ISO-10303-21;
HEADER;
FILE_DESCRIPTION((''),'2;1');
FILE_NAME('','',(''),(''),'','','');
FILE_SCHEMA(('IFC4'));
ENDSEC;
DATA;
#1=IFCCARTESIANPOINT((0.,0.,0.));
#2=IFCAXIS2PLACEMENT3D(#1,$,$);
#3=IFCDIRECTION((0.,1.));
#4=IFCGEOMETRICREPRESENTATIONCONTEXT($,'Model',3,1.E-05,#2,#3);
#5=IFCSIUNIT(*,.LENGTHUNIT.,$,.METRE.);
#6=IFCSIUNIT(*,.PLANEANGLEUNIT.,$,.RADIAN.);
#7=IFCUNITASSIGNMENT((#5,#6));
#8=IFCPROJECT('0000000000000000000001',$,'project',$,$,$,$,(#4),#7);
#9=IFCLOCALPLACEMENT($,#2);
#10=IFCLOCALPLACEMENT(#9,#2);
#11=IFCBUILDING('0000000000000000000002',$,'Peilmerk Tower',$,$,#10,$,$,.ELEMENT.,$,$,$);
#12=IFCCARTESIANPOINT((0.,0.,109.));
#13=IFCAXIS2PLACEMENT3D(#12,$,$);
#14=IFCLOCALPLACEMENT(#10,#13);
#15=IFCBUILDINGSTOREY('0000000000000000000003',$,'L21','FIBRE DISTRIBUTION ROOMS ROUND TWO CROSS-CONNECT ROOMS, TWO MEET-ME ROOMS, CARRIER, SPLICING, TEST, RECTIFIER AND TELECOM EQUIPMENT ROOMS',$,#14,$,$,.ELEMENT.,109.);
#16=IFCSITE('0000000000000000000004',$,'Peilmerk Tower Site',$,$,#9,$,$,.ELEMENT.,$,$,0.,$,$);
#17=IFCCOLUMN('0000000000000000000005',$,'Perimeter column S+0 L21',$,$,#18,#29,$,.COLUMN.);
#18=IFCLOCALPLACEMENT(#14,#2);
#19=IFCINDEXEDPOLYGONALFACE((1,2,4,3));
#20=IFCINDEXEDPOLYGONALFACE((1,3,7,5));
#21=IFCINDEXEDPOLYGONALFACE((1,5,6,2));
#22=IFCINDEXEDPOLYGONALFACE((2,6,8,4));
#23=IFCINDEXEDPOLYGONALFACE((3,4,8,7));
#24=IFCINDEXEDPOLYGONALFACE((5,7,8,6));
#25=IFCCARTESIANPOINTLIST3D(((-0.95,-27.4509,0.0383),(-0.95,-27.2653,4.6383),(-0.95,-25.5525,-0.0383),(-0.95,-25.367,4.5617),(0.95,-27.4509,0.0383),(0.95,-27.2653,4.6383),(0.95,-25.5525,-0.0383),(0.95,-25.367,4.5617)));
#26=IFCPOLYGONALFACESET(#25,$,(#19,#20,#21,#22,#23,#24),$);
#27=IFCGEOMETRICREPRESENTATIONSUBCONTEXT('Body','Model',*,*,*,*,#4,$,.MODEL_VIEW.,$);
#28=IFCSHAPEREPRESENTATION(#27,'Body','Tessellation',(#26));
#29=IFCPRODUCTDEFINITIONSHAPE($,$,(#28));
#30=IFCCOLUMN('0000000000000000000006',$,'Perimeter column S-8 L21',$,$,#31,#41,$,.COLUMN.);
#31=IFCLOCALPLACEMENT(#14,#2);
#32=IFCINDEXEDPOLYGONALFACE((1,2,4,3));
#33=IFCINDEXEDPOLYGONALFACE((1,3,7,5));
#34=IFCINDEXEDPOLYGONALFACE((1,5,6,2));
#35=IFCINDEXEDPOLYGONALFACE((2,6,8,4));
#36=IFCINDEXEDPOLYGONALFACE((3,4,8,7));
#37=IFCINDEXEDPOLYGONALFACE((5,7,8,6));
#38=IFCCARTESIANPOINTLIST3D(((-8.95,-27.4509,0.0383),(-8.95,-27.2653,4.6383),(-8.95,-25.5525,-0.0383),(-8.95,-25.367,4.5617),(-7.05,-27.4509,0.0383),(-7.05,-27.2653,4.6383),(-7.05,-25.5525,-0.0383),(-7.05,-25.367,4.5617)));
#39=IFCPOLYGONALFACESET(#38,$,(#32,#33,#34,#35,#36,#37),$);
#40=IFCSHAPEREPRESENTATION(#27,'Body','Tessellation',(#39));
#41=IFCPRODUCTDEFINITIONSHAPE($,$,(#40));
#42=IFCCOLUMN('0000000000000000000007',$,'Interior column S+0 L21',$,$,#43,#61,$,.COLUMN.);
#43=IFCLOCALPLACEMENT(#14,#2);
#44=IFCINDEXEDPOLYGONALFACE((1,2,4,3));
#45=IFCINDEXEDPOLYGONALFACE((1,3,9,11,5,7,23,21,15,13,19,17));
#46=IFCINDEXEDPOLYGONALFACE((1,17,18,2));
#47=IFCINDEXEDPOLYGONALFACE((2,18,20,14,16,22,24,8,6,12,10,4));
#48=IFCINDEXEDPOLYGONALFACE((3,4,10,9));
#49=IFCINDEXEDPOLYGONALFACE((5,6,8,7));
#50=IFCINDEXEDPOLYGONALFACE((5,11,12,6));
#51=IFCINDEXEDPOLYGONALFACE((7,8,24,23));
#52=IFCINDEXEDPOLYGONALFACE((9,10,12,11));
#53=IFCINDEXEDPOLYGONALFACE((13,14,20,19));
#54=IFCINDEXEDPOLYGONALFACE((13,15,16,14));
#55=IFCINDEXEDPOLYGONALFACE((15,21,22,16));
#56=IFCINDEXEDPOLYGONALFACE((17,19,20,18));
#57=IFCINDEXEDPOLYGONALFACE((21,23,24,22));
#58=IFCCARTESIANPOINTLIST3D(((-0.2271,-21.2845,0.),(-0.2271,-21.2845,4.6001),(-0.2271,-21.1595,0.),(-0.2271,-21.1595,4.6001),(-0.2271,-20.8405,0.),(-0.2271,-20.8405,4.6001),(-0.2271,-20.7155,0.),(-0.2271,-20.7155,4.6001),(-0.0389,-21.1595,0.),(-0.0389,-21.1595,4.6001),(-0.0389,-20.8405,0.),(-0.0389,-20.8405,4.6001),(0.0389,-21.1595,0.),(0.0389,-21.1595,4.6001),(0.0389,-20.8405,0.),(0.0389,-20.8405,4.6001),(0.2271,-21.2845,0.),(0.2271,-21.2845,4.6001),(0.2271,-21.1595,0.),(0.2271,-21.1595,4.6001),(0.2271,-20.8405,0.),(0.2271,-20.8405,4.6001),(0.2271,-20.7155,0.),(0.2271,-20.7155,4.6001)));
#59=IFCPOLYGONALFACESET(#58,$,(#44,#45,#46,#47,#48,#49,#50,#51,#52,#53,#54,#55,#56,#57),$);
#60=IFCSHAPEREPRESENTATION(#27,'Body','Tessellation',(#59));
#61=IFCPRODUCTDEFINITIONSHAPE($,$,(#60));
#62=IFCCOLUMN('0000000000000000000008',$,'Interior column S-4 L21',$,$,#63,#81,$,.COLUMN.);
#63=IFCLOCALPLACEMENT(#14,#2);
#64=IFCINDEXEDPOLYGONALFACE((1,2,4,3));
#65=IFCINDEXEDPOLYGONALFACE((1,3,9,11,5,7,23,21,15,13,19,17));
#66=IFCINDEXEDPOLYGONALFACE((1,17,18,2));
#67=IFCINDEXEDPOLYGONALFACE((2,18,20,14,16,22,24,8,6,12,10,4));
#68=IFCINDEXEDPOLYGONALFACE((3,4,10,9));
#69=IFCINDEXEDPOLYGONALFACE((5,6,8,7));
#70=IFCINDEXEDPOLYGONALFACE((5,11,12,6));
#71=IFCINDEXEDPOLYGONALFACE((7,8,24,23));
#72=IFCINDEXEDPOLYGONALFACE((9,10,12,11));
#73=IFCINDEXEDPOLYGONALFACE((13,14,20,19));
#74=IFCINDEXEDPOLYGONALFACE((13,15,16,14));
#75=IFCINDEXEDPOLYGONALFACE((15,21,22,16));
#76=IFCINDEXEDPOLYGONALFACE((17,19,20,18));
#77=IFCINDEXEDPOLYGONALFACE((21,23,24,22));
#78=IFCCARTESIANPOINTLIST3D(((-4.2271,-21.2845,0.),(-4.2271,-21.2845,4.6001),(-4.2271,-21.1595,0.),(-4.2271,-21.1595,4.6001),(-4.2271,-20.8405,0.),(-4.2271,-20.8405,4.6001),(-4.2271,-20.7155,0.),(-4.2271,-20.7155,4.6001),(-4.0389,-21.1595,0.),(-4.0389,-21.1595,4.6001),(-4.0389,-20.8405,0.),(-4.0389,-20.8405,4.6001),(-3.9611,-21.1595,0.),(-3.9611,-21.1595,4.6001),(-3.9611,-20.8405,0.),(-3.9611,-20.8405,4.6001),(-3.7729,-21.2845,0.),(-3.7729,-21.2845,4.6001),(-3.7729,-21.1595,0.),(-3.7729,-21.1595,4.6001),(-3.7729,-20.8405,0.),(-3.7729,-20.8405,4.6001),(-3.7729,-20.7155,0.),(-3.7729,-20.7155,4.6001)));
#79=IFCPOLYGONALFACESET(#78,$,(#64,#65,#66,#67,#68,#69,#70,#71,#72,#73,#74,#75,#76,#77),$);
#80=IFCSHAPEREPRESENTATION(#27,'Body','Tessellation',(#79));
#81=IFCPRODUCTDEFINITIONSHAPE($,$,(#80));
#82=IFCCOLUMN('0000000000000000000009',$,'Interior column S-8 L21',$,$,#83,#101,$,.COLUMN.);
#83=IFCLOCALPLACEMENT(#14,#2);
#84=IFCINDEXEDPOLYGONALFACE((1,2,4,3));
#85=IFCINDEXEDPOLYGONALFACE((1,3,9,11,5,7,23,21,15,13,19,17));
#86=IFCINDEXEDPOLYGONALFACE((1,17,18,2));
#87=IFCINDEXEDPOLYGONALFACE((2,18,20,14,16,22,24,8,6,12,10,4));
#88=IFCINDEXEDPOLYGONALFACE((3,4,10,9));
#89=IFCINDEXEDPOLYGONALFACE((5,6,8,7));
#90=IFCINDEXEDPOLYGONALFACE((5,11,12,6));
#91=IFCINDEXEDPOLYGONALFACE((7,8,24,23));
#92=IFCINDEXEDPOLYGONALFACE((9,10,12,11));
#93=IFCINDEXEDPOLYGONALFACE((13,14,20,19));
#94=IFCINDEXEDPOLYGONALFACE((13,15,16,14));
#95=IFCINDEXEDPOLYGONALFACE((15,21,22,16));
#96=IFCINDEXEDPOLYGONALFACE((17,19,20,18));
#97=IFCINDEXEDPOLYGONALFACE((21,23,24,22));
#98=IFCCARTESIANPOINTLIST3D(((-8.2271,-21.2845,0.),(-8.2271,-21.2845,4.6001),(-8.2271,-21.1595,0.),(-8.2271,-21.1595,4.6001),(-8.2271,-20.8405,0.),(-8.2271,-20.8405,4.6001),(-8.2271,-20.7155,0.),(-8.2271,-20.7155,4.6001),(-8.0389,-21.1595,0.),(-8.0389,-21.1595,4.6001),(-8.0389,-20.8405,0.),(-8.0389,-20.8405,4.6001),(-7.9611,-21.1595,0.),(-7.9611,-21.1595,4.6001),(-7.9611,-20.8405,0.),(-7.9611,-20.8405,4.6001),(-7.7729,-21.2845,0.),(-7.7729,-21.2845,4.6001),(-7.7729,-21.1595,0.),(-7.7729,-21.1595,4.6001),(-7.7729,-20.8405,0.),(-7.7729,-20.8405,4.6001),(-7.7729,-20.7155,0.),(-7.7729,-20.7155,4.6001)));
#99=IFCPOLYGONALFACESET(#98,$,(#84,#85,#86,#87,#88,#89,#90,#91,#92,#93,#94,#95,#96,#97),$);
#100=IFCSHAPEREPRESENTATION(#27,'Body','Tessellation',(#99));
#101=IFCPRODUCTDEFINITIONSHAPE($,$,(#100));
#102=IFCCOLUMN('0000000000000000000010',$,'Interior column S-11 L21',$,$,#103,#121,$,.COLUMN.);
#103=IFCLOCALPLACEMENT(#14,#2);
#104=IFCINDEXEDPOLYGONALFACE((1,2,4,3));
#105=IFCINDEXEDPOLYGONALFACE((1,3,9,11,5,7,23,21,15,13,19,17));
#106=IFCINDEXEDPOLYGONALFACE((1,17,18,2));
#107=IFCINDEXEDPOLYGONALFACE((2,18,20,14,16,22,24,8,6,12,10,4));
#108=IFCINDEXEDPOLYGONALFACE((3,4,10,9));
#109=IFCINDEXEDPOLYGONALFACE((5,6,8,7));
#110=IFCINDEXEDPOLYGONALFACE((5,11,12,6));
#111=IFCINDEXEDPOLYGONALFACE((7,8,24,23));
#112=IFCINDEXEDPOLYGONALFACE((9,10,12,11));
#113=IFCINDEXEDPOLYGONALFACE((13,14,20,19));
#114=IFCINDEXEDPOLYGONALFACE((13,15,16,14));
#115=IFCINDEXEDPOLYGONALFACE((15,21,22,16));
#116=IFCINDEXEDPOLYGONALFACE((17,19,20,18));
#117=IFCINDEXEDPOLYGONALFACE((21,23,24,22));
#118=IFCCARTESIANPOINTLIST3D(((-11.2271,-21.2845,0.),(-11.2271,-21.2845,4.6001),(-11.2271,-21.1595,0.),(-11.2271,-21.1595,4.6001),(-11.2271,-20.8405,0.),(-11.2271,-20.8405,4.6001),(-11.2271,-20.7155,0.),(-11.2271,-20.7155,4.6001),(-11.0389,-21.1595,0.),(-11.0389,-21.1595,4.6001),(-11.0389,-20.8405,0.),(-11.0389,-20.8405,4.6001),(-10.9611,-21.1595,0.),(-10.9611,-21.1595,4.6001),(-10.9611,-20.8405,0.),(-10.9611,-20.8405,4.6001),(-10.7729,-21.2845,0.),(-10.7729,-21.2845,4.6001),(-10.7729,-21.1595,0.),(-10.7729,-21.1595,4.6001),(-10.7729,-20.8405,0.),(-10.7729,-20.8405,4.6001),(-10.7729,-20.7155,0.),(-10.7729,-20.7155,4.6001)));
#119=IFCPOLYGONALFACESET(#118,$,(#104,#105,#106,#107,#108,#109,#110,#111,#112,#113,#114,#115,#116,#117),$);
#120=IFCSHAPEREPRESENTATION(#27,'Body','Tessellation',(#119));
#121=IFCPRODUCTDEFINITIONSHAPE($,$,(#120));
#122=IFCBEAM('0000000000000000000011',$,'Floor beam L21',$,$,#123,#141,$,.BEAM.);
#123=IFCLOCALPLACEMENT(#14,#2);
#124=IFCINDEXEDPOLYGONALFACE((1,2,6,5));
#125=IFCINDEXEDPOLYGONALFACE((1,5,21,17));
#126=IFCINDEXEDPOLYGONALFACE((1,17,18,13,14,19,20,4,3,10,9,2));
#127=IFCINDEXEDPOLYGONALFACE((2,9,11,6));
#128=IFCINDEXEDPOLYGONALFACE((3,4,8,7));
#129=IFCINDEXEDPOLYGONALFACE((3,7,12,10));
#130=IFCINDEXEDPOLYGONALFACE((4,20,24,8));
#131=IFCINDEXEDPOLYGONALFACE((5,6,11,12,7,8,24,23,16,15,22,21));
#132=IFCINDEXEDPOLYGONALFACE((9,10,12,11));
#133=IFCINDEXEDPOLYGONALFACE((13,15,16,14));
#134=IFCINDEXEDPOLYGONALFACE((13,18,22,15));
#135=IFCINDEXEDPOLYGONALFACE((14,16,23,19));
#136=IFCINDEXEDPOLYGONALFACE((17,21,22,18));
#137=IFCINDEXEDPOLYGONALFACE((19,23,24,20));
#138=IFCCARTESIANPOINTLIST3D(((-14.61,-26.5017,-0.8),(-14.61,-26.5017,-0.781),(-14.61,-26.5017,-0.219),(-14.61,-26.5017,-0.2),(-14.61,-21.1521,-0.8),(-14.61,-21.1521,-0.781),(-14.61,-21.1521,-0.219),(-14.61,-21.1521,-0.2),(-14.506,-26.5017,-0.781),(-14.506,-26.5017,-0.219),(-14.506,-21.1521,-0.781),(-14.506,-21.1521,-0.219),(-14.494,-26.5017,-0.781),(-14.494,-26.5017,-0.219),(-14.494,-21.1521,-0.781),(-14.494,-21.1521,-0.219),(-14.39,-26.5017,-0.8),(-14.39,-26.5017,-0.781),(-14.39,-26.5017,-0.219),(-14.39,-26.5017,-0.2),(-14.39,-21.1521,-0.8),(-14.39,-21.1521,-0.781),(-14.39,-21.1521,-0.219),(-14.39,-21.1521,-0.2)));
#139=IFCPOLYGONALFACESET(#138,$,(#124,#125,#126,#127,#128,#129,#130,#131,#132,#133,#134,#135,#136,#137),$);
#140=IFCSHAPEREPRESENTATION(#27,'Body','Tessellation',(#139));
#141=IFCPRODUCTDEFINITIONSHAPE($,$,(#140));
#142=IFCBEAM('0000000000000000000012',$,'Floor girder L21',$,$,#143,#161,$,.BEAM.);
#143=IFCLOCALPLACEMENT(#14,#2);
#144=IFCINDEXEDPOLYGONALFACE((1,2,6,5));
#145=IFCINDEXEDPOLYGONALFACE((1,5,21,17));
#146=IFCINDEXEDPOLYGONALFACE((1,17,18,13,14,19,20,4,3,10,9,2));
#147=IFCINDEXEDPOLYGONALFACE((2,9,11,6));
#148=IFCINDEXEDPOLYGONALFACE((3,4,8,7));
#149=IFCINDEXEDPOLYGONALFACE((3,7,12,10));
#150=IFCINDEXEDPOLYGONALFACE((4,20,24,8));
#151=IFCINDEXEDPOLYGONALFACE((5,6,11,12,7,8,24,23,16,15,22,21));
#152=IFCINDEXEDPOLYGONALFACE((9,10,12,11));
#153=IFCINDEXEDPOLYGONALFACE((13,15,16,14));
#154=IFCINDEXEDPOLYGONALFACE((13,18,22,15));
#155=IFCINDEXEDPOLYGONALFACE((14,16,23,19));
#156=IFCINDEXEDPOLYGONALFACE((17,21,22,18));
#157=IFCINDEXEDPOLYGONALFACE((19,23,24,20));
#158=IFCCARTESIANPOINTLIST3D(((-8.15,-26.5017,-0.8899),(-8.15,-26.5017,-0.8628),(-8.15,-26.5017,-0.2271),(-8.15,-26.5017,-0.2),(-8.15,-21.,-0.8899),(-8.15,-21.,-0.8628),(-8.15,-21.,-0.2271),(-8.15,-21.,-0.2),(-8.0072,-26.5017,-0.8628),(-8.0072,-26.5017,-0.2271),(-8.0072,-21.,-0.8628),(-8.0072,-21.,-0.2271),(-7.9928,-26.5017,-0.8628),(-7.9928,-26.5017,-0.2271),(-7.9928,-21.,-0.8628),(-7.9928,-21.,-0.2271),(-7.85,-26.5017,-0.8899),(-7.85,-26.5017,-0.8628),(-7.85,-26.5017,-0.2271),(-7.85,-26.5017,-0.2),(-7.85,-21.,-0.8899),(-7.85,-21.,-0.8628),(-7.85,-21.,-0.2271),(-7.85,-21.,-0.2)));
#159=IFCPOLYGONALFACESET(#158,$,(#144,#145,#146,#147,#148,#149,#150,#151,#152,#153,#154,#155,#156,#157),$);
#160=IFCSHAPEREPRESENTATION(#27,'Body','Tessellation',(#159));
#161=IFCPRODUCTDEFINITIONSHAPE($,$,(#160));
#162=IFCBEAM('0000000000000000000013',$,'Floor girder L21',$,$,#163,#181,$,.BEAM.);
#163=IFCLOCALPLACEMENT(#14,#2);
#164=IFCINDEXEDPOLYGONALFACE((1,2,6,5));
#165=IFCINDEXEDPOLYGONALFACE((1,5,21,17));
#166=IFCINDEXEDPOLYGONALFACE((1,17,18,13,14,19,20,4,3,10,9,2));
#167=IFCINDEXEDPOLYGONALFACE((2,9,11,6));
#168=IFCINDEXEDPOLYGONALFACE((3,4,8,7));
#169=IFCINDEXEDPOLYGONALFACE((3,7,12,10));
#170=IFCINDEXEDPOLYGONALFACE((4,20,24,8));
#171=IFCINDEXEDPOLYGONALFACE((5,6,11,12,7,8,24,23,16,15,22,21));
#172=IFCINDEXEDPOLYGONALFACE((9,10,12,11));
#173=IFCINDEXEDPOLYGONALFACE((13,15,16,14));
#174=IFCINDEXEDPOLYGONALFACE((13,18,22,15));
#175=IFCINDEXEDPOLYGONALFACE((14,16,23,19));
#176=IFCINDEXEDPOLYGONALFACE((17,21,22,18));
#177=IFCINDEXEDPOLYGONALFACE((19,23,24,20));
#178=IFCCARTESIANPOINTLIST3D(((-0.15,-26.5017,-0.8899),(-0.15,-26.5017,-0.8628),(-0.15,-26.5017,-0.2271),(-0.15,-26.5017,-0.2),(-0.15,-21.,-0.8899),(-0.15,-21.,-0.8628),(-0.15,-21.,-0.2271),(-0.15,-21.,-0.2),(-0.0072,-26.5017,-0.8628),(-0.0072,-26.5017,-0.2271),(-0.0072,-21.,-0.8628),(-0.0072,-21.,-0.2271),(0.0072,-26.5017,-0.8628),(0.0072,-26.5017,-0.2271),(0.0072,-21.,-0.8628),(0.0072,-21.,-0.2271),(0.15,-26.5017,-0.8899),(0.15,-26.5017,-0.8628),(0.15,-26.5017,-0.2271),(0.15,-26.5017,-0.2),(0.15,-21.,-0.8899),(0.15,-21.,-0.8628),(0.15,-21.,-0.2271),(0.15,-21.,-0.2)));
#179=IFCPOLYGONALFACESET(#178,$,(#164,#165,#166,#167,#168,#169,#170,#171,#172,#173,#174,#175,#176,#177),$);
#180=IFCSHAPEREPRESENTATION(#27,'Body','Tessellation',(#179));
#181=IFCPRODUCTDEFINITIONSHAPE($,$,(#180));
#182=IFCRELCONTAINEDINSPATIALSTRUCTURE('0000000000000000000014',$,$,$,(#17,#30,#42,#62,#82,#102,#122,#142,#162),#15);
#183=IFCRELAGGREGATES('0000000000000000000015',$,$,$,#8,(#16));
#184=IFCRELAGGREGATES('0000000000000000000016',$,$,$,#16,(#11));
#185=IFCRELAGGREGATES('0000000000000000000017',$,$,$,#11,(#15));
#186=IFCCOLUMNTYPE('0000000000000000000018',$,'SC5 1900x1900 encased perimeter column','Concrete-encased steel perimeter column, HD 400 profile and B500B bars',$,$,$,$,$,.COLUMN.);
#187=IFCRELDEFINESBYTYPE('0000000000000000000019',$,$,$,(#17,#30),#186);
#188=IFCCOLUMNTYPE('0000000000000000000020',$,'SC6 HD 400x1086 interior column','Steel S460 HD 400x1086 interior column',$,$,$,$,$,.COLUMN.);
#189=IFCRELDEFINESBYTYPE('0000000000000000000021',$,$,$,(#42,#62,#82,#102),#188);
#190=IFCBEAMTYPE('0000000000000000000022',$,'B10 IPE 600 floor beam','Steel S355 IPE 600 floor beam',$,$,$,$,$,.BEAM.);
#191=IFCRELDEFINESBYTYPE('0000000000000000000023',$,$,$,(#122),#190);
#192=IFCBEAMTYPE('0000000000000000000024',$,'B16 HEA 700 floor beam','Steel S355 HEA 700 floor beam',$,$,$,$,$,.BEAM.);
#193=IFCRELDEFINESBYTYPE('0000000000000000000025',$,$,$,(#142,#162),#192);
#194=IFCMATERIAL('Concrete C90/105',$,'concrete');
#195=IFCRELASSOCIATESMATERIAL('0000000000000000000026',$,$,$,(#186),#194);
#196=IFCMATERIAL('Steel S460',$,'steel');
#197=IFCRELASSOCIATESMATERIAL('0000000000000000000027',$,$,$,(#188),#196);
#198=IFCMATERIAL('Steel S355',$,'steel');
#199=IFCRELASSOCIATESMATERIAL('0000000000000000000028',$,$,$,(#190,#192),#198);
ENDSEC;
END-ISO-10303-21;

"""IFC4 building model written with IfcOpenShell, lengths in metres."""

from ifc_helpers import new_model, si_unit, direction, frame, origin, origin_2d, place, context, subcontext, project, spatial, rectangle, i_section, extrude, material, material_profile, profile_set, type_object, element, save


model = new_model("IFC4")

# Units and contexts
model_context = context("Model", 3, precision=1e-05, world=origin(), true_north=direction((0.0, 1.0)))
body_context = subcontext(model_context, "Body", "Model", "MODEL_VIEW")
ifc_project = project(units=[si_unit("LENGTHUNIT", "METRE"), si_unit("PLANEANGLEUNIT", "RADIAN")], contexts=[model_context])

# Site, building, storey
site_placement = place(None, origin())
site = spatial("IfcSite", under=ifc_project, at=site_placement, Name="Peilmerk Tower Site", CompositionType="ELEMENT", RefElevation=0.0)
building_placement = place(site_placement, origin())
building = spatial("IfcBuilding", under=site, at=building_placement, Name="Peilmerk Tower", CompositionType="ELEMENT")
storey_placement = place(building_placement, frame((0.0, 0.0, 109.0)))
storey = spatial("IfcBuildingStorey", under=building, at=storey_placement, Name="L21", Description="FIBRE DISTRIBUTION ROOMS ROUND TWO CROSS-CONNECT ROOMS, TWO MEET-ME ROOMS, CARRIER, SPLICING, TEST, RECTIFIER AND TELECOM EQUIPMENT ROOMS", CompositionType="ELEMENT", Elevation=109.0)

# Columns
ifc_material_1 = material(Name="Concrete C90/105", Category="concrete")
ifc_material_profile_1 = material_profile(ifc_material_1, rectangle(XDim=1.8999, YDim=1.8999, at=origin_2d()), Name="RC 1900x1900")
ifc_profile_set_1 = profile_set([ifc_material_profile_1], Name="Concrete C90/105")
column_type_1 = type_object("IfcColumnType", Name="SC5 1900x1900 encased perimeter column", Description="Concrete-encased steel perimeter column, HD 400 profile and B500B bars", PredefinedType="COLUMN", material=ifc_profile_set_1)
for number, where, z_axis, x_axis, name in (
    (1, (0.0, -26.5017, 0.0), (0.0, 0.040303, 0.999188), (-1.0, 0.0, 0.0), "Perimeter column S+0 L21"),
    (2, (-8.0, -26.5017, 0.0), (0.0, 0.040303, 0.999188), (-1.0, 0.0, 0.0), "Perimeter column S-8 L21"),
):
    element("IfcColumn", number, at=place(storey_placement, frame(where, z_axis=z_axis, x_axis=x_axis)), inside=storey, type_object=column_type_1, Name=name, PredefinedType="COLUMN", context=body_context, shape_type="SweptSolid", body=[
        extrude(rectangle(XDim=1.8999, YDim=1.8999, at=origin_2d()), origin(), (0.0, 0.0, 1.0), 4.6038),
    ])
ifc_material_2 = material(Name="Steel S460", Category="steel")
ifc_material_profile_2 = material_profile(ifc_material_2, i_section(OverallWidth=0.4541, OverallDepth=0.5691, WebThickness=0.0779, FlangeThickness=0.125, at=origin_2d()), Name="HD 400x1086")
ifc_profile_set_2 = profile_set([ifc_material_profile_2], Name="Steel S460")
column_type_2 = type_object("IfcColumnType", Name="SC6 HD 400x1086 interior column", Description="Steel S460 HD 400x1086 interior column", PredefinedType="COLUMN", material=ifc_profile_set_2)
for number, where, z_axis, x_axis, name in (
    (3, (0.0, -21.0, 0.0), (0.0, 0.0, 1.0), (1.0, 0.0, 0.0), "Interior column S+0 L21"),
    (4, (-4.0, -21.0, 0.0), (0.0, 0.0, 1.0), (1.0, 0.0, 0.0), "Interior column S-4 L21"),
    (5, (-8.0, -21.0, 0.0), (0.0, 0.0, 1.0), (1.0, 0.0, 0.0), "Interior column S-8 L21"),
    (6, (-11.0, -21.0, 0.0), (0.0, 0.0, 1.0), (1.0, 0.0, 0.0), "Interior column S-11 L21"),
):
    element("IfcColumn", number, at=place(storey_placement, frame(where, z_axis=z_axis, x_axis=x_axis)), inside=storey, type_object=column_type_2, Name=name, PredefinedType="COLUMN", context=body_context, shape_type="SweptSolid", body=[
        extrude(i_section(OverallWidth=0.4541, OverallDepth=0.5691, WebThickness=0.0779, FlangeThickness=0.125, at=origin_2d()), origin(), (0.0, 0.0, 1.0), 4.6001),
    ])

# Beams
ifc_material_3 = material(Name="Steel S355", Category="steel")
ifc_material_profile_3 = material_profile(ifc_material_3, i_section(OverallWidth=0.22, OverallDepth=0.6001, WebThickness=0.012, FlangeThickness=0.019, at=origin_2d()), Name="IPE 600")
ifc_profile_set_3 = profile_set([ifc_material_profile_3], Name="Steel S355")
beam_type_1 = type_object("IfcBeamType", Name="B10 IPE 600 floor beam", Description="Steel S355 IPE 600 floor beam", PredefinedType="BEAM", material=ifc_profile_set_3)
beam_1_placement = place(storey_placement, frame((-14.5, -21.1521, -0.5), z_axis=(0.0, -1.0, 0.0), x_axis=(1.0, 0.0, 0.0)))
element("IfcBeam", 7, at=beam_1_placement, inside=storey, type_object=beam_type_1, Name="Floor beam L21", PredefinedType="BEAM", context=body_context, shape_type="SweptSolid", body=[
    extrude(i_section(OverallWidth=0.22, OverallDepth=0.6001, WebThickness=0.012, FlangeThickness=0.019, at=origin_2d()), origin(), (0.0, 0.0, 1.0), 5.3496),
])
ifc_material_profile_4 = material_profile(ifc_material_3, i_section(OverallWidth=0.3, OverallDepth=0.6899, WebThickness=0.0144, FlangeThickness=0.0271, at=origin_2d()), Name="HEA 700")
ifc_profile_set_4 = profile_set([ifc_material_profile_4], Name="Steel S355")
beam_type_2 = type_object("IfcBeamType", Name="B16 HEA 700 floor beam", Description="Steel S355 HEA 700 floor beam", PredefinedType="BEAM", material=ifc_profile_set_4)
for number, where, z_axis, x_axis, name in (
    (8, (-8.0, -21.0, -0.5449), (0.0, -1.0, 0.0), (1.0, 0.0, 0.0), "Floor girder L21"),
    (9, (0.0, -21.0, -0.5449), (0.0, -1.0, 0.0), (1.0, 0.0, 0.0), "Floor girder L21"),
):
    element("IfcBeam", number, at=place(storey_placement, frame(where, z_axis=z_axis, x_axis=x_axis)), inside=storey, type_object=beam_type_2, Name=name, PredefinedType="BEAM", context=body_context, shape_type="SweptSolid", body=[
        extrude(i_section(OverallWidth=0.3, OverallDepth=0.6899, WebThickness=0.0144, FlangeThickness=0.0271, at=origin_2d()), origin(), (0.0, 0.0, 1.0), 5.5017),
    ])

save(model, "model.ifc")
